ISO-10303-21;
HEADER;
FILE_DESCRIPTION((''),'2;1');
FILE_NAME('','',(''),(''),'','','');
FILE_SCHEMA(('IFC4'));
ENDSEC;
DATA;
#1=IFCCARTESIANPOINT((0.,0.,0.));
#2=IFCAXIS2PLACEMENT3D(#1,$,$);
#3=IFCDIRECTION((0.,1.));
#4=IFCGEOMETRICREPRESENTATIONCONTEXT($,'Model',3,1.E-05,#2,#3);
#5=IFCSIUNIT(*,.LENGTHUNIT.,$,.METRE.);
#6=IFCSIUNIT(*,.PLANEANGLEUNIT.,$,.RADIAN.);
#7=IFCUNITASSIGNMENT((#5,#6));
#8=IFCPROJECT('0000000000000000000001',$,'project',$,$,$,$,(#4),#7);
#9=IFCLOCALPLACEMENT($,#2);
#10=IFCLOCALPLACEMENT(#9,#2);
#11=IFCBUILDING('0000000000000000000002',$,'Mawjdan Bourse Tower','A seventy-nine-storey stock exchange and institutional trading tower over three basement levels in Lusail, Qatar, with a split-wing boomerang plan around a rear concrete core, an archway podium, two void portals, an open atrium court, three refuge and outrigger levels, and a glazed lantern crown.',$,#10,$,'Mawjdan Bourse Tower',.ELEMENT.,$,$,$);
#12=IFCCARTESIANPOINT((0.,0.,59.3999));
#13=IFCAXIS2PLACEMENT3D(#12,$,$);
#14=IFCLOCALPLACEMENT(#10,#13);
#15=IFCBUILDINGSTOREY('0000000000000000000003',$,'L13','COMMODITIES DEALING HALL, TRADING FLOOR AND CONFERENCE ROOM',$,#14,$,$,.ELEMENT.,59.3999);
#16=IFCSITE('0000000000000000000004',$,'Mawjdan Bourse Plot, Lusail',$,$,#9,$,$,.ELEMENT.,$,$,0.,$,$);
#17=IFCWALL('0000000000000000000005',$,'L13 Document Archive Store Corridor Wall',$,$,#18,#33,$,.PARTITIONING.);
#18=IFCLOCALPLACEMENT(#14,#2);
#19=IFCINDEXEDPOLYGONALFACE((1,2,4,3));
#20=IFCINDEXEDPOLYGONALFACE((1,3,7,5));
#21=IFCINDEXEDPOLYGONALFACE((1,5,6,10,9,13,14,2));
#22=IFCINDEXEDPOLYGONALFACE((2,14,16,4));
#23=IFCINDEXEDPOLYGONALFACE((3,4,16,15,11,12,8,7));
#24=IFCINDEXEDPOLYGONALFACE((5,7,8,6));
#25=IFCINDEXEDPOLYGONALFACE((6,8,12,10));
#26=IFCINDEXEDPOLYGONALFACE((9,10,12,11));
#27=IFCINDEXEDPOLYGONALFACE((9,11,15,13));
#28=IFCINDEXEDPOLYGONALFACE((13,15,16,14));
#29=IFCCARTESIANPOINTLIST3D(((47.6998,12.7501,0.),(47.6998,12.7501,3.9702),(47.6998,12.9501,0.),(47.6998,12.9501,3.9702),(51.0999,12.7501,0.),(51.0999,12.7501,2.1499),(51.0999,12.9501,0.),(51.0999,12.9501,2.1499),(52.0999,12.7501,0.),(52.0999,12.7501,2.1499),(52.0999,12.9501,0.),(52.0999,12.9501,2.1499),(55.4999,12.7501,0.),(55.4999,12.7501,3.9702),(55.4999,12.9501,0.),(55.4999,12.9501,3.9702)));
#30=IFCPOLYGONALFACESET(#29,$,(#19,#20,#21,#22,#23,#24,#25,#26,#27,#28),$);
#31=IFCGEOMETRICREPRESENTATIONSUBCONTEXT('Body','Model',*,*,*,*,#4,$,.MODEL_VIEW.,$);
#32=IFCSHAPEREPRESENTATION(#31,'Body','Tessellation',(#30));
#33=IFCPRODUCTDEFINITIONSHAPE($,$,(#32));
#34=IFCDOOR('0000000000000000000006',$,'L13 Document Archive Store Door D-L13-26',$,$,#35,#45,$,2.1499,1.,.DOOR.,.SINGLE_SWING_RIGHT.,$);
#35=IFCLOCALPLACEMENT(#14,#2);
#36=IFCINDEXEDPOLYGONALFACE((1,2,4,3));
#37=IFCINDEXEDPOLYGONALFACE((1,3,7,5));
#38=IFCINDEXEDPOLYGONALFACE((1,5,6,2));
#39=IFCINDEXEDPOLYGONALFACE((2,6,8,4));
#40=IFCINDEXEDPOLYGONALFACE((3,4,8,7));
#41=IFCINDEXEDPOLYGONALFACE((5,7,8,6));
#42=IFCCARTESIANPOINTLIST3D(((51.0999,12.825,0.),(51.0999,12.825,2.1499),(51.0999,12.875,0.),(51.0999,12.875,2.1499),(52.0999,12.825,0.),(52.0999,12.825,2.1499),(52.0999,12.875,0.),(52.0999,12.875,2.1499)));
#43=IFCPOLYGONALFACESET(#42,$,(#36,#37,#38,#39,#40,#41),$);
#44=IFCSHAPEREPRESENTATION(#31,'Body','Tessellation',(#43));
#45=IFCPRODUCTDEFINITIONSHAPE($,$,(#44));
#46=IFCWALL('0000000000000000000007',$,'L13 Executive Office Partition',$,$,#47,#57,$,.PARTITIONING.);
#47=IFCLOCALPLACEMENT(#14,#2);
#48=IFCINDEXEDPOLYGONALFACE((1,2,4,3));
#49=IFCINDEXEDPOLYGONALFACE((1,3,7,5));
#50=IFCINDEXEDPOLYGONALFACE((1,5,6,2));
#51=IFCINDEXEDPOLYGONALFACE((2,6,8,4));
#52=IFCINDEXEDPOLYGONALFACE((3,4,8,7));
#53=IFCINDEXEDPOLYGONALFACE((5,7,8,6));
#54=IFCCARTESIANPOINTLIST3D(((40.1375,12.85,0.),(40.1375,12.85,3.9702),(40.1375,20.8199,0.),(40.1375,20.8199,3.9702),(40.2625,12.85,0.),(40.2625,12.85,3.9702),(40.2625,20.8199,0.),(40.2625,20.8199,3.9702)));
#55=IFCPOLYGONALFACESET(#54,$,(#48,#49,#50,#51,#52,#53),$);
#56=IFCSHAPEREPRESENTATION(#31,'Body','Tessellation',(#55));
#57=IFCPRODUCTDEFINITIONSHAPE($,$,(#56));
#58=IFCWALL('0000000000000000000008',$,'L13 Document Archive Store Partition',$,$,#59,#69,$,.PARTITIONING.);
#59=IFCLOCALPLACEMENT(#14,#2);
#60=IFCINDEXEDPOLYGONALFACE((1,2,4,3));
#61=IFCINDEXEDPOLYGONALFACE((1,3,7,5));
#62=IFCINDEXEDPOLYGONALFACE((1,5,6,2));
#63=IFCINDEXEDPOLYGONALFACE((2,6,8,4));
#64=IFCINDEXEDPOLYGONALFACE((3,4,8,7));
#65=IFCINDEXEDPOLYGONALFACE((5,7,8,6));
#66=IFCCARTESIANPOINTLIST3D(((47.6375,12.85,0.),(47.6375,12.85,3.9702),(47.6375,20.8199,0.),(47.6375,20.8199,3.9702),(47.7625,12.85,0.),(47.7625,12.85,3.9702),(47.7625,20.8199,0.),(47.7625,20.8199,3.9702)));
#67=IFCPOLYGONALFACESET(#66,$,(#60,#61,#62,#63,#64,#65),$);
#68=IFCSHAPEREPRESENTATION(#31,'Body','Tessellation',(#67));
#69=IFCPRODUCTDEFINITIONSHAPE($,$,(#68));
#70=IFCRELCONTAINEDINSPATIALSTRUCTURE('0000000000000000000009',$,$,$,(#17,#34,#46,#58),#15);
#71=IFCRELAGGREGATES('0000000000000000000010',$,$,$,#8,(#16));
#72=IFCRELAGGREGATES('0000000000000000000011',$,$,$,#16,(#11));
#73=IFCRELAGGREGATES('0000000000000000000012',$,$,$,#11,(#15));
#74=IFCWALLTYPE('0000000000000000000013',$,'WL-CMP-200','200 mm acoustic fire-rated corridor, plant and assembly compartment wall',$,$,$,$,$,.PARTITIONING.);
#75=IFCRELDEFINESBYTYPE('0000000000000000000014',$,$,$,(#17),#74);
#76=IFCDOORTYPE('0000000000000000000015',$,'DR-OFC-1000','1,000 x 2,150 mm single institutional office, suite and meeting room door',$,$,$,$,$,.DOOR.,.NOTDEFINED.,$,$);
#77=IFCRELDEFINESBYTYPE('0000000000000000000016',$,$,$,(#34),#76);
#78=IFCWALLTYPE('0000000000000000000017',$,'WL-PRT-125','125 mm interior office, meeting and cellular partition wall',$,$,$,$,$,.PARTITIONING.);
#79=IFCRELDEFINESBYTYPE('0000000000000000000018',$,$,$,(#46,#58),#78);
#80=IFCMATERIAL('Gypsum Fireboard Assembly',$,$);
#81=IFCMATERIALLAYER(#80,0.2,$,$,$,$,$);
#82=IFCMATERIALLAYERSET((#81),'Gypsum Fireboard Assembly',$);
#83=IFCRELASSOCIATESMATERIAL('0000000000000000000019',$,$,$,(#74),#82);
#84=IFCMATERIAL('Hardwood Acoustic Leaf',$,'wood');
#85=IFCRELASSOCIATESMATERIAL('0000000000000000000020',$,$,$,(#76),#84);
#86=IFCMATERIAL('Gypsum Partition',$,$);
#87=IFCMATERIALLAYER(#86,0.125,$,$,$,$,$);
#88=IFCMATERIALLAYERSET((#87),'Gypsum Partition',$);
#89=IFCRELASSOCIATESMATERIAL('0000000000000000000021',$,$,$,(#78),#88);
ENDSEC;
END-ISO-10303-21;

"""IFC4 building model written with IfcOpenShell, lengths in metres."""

from ifc_helpers import new_model, si_unit, direction, frame, frame_2d, origin, place, context, subcontext, project, spatial, rectangle, extrude, material, layer, layer_set, type_object, element, fill, save


model = new_model("IFC4")

# Units and contexts
model_context = context("Model", 3, precision=1e-05, world=origin(), true_north=direction((0.0, 1.0)))
body_context = subcontext(model_context, "Body", "Model", "MODEL_VIEW")
ifc_project = project(units=[si_unit("LENGTHUNIT", "METRE"), si_unit("PLANEANGLEUNIT", "RADIAN")], contexts=[model_context])

# Site, building, storey
site_placement = place(None, origin())
site = spatial("IfcSite", under=ifc_project, at=site_placement, Name="Mawjdan Bourse Plot, Lusail", CompositionType="ELEMENT", RefElevation=0.0)
building_placement = place(site_placement, origin())
building = spatial("IfcBuilding", under=site, at=building_placement, Name="Mawjdan Bourse Tower", Description="A seventy-nine-storey stock exchange and institutional trading tower over three basement levels in Lusail, Qatar, with a split-wing boomerang plan around a rear concrete core, an archway podium, two void portals, an open atrium court, three refuge and outrigger levels, and a glazed lantern crown.", LongName="Mawjdan Bourse Tower", CompositionType="ELEMENT")
storey_placement = place(building_placement, frame((0.0, 0.0, 59.3999)))
storey = spatial("IfcBuildingStorey", under=building, at=storey_placement, Name="L13", Description="COMMODITIES DEALING HALL, TRADING FLOOR AND CONFERENCE ROOM", CompositionType="ELEMENT", Elevation=59.3999)

# Wall, opening, door
ifc_material_1 = material(Name="Gypsum Fireboard Assembly")
ifc_layer_1 = layer(ifc_material_1, 0.2)
ifc_layer_set_1 = layer_set([ifc_layer_1], Name="Gypsum Fireboard Assembly")
wall_type_1 = type_object("IfcWallType", Name="WL-CMP-200", Description="200 mm acoustic fire-rated corridor, plant and assembly compartment wall", PredefinedType="PARTITIONING", material=ifc_layer_set_1)
ifc_material_2 = material(Name="Hardwood Acoustic Leaf", Category="wood")
door_type = type_object("IfcDoorType", Name="DR-OFC-1000", Description="1,000 x 2,150 mm single institutional office, suite and meeting room door", OperationType="NOTDEFINED", PredefinedType="DOOR", material=ifc_material_2)
wall_1_placement = place(storey_placement, frame((47.7, 12.8501, 0.0), z_axis=(0.0, 0.0, 1.0), x_axis=(1.0, 0.0, 0.0)))
wall_1 = element("IfcWall", 1, at=wall_1_placement, inside=storey, type_object=wall_type_1, Name="L13 Document Archive Store Corridor Wall", PredefinedType="PARTITIONING", context=body_context, shape_type="SweptSolid", body=[
    extrude(rectangle(XDim=7.8, YDim=0.2, at=frame_2d((3.8999, 0.0))), origin(), (0.0, 0.0, 1.0), 3.9702),
])
opening_1_placement = place(wall_1_placement, frame((3.3999, 0.0, 0.0)))
opening_1 = element("IfcOpeningElement", 2, at=opening_1_placement, cuts=wall_1, PredefinedType="OPENING", context=body_context, shape_type="SweptSolid", body=[
    extrude(rectangle(XDim=1.0, YDim=2.1499, at=frame_2d((0.5, 1.075))), frame((0.0, 0.1099, 0.0), z_axis=(0.0, -1.0, 0.0), x_axis=(1.0, 0.0, 0.0)), (0.0, 0.0, 1.0), 0.22),
])
door_1_placement = place(opening_1_placement, origin())
door_1 = element("IfcDoor", 3, at=door_1_placement, inside=storey, type_object=door_type, Name="L13 Document Archive Store Door D-L13-26", OperationType="SINGLE_SWING_RIGHT", OverallHeight=2.1499, OverallWidth=1.0, PredefinedType="DOOR", context=body_context, shape_type="SweptSolid", body=[
    extrude(rectangle(XDim=1.0, YDim=2.1499, at=frame_2d((0.5, 1.075))), frame((0.0, 0.0249, 0.0), z_axis=(0.0, -1.0, 0.0), x_axis=(1.0, 0.0, 0.0)), (0.0, 0.0, 1.0), 0.05),
])
fill(opening_1, door_1)

# Walls
ifc_material_3 = material(Name="Gypsum Partition")
ifc_layer_2 = layer(ifc_material_3, 0.125)
ifc_layer_set_2 = layer_set([ifc_layer_2], Name="Gypsum Partition")
wall_type_2 = type_object("IfcWallType", Name="WL-PRT-125", Description="125 mm interior office, meeting and cellular partition wall", PredefinedType="PARTITIONING", material=ifc_layer_set_2)
for number, where, z_axis, x_axis, name in (
    (4, (40.2, 12.8501, 0.0), (0.0, 0.0, 1.0), (0.0, 1.0, 0.0), "L13 Executive Office Partition"),
    (5, (47.7, 12.8501, 0.0), (0.0, 0.0, 1.0), (0.0, 1.0, 0.0), "L13 Document Archive Store Partition"),
):
    element("IfcWall", number, at=place(storey_placement, frame(where, z_axis=z_axis, x_axis=x_axis)), inside=storey, type_object=wall_type_2, Name=name, PredefinedType="PARTITIONING", context=body_context, shape_type="SweptSolid", body=[
        extrude(rectangle(XDim=7.97, YDim=0.125, at=frame_2d((3.9849, 0.0))), origin(), (0.0, 0.0, 1.0), 3.9702),
    ])

save(model, "model.ifc")
